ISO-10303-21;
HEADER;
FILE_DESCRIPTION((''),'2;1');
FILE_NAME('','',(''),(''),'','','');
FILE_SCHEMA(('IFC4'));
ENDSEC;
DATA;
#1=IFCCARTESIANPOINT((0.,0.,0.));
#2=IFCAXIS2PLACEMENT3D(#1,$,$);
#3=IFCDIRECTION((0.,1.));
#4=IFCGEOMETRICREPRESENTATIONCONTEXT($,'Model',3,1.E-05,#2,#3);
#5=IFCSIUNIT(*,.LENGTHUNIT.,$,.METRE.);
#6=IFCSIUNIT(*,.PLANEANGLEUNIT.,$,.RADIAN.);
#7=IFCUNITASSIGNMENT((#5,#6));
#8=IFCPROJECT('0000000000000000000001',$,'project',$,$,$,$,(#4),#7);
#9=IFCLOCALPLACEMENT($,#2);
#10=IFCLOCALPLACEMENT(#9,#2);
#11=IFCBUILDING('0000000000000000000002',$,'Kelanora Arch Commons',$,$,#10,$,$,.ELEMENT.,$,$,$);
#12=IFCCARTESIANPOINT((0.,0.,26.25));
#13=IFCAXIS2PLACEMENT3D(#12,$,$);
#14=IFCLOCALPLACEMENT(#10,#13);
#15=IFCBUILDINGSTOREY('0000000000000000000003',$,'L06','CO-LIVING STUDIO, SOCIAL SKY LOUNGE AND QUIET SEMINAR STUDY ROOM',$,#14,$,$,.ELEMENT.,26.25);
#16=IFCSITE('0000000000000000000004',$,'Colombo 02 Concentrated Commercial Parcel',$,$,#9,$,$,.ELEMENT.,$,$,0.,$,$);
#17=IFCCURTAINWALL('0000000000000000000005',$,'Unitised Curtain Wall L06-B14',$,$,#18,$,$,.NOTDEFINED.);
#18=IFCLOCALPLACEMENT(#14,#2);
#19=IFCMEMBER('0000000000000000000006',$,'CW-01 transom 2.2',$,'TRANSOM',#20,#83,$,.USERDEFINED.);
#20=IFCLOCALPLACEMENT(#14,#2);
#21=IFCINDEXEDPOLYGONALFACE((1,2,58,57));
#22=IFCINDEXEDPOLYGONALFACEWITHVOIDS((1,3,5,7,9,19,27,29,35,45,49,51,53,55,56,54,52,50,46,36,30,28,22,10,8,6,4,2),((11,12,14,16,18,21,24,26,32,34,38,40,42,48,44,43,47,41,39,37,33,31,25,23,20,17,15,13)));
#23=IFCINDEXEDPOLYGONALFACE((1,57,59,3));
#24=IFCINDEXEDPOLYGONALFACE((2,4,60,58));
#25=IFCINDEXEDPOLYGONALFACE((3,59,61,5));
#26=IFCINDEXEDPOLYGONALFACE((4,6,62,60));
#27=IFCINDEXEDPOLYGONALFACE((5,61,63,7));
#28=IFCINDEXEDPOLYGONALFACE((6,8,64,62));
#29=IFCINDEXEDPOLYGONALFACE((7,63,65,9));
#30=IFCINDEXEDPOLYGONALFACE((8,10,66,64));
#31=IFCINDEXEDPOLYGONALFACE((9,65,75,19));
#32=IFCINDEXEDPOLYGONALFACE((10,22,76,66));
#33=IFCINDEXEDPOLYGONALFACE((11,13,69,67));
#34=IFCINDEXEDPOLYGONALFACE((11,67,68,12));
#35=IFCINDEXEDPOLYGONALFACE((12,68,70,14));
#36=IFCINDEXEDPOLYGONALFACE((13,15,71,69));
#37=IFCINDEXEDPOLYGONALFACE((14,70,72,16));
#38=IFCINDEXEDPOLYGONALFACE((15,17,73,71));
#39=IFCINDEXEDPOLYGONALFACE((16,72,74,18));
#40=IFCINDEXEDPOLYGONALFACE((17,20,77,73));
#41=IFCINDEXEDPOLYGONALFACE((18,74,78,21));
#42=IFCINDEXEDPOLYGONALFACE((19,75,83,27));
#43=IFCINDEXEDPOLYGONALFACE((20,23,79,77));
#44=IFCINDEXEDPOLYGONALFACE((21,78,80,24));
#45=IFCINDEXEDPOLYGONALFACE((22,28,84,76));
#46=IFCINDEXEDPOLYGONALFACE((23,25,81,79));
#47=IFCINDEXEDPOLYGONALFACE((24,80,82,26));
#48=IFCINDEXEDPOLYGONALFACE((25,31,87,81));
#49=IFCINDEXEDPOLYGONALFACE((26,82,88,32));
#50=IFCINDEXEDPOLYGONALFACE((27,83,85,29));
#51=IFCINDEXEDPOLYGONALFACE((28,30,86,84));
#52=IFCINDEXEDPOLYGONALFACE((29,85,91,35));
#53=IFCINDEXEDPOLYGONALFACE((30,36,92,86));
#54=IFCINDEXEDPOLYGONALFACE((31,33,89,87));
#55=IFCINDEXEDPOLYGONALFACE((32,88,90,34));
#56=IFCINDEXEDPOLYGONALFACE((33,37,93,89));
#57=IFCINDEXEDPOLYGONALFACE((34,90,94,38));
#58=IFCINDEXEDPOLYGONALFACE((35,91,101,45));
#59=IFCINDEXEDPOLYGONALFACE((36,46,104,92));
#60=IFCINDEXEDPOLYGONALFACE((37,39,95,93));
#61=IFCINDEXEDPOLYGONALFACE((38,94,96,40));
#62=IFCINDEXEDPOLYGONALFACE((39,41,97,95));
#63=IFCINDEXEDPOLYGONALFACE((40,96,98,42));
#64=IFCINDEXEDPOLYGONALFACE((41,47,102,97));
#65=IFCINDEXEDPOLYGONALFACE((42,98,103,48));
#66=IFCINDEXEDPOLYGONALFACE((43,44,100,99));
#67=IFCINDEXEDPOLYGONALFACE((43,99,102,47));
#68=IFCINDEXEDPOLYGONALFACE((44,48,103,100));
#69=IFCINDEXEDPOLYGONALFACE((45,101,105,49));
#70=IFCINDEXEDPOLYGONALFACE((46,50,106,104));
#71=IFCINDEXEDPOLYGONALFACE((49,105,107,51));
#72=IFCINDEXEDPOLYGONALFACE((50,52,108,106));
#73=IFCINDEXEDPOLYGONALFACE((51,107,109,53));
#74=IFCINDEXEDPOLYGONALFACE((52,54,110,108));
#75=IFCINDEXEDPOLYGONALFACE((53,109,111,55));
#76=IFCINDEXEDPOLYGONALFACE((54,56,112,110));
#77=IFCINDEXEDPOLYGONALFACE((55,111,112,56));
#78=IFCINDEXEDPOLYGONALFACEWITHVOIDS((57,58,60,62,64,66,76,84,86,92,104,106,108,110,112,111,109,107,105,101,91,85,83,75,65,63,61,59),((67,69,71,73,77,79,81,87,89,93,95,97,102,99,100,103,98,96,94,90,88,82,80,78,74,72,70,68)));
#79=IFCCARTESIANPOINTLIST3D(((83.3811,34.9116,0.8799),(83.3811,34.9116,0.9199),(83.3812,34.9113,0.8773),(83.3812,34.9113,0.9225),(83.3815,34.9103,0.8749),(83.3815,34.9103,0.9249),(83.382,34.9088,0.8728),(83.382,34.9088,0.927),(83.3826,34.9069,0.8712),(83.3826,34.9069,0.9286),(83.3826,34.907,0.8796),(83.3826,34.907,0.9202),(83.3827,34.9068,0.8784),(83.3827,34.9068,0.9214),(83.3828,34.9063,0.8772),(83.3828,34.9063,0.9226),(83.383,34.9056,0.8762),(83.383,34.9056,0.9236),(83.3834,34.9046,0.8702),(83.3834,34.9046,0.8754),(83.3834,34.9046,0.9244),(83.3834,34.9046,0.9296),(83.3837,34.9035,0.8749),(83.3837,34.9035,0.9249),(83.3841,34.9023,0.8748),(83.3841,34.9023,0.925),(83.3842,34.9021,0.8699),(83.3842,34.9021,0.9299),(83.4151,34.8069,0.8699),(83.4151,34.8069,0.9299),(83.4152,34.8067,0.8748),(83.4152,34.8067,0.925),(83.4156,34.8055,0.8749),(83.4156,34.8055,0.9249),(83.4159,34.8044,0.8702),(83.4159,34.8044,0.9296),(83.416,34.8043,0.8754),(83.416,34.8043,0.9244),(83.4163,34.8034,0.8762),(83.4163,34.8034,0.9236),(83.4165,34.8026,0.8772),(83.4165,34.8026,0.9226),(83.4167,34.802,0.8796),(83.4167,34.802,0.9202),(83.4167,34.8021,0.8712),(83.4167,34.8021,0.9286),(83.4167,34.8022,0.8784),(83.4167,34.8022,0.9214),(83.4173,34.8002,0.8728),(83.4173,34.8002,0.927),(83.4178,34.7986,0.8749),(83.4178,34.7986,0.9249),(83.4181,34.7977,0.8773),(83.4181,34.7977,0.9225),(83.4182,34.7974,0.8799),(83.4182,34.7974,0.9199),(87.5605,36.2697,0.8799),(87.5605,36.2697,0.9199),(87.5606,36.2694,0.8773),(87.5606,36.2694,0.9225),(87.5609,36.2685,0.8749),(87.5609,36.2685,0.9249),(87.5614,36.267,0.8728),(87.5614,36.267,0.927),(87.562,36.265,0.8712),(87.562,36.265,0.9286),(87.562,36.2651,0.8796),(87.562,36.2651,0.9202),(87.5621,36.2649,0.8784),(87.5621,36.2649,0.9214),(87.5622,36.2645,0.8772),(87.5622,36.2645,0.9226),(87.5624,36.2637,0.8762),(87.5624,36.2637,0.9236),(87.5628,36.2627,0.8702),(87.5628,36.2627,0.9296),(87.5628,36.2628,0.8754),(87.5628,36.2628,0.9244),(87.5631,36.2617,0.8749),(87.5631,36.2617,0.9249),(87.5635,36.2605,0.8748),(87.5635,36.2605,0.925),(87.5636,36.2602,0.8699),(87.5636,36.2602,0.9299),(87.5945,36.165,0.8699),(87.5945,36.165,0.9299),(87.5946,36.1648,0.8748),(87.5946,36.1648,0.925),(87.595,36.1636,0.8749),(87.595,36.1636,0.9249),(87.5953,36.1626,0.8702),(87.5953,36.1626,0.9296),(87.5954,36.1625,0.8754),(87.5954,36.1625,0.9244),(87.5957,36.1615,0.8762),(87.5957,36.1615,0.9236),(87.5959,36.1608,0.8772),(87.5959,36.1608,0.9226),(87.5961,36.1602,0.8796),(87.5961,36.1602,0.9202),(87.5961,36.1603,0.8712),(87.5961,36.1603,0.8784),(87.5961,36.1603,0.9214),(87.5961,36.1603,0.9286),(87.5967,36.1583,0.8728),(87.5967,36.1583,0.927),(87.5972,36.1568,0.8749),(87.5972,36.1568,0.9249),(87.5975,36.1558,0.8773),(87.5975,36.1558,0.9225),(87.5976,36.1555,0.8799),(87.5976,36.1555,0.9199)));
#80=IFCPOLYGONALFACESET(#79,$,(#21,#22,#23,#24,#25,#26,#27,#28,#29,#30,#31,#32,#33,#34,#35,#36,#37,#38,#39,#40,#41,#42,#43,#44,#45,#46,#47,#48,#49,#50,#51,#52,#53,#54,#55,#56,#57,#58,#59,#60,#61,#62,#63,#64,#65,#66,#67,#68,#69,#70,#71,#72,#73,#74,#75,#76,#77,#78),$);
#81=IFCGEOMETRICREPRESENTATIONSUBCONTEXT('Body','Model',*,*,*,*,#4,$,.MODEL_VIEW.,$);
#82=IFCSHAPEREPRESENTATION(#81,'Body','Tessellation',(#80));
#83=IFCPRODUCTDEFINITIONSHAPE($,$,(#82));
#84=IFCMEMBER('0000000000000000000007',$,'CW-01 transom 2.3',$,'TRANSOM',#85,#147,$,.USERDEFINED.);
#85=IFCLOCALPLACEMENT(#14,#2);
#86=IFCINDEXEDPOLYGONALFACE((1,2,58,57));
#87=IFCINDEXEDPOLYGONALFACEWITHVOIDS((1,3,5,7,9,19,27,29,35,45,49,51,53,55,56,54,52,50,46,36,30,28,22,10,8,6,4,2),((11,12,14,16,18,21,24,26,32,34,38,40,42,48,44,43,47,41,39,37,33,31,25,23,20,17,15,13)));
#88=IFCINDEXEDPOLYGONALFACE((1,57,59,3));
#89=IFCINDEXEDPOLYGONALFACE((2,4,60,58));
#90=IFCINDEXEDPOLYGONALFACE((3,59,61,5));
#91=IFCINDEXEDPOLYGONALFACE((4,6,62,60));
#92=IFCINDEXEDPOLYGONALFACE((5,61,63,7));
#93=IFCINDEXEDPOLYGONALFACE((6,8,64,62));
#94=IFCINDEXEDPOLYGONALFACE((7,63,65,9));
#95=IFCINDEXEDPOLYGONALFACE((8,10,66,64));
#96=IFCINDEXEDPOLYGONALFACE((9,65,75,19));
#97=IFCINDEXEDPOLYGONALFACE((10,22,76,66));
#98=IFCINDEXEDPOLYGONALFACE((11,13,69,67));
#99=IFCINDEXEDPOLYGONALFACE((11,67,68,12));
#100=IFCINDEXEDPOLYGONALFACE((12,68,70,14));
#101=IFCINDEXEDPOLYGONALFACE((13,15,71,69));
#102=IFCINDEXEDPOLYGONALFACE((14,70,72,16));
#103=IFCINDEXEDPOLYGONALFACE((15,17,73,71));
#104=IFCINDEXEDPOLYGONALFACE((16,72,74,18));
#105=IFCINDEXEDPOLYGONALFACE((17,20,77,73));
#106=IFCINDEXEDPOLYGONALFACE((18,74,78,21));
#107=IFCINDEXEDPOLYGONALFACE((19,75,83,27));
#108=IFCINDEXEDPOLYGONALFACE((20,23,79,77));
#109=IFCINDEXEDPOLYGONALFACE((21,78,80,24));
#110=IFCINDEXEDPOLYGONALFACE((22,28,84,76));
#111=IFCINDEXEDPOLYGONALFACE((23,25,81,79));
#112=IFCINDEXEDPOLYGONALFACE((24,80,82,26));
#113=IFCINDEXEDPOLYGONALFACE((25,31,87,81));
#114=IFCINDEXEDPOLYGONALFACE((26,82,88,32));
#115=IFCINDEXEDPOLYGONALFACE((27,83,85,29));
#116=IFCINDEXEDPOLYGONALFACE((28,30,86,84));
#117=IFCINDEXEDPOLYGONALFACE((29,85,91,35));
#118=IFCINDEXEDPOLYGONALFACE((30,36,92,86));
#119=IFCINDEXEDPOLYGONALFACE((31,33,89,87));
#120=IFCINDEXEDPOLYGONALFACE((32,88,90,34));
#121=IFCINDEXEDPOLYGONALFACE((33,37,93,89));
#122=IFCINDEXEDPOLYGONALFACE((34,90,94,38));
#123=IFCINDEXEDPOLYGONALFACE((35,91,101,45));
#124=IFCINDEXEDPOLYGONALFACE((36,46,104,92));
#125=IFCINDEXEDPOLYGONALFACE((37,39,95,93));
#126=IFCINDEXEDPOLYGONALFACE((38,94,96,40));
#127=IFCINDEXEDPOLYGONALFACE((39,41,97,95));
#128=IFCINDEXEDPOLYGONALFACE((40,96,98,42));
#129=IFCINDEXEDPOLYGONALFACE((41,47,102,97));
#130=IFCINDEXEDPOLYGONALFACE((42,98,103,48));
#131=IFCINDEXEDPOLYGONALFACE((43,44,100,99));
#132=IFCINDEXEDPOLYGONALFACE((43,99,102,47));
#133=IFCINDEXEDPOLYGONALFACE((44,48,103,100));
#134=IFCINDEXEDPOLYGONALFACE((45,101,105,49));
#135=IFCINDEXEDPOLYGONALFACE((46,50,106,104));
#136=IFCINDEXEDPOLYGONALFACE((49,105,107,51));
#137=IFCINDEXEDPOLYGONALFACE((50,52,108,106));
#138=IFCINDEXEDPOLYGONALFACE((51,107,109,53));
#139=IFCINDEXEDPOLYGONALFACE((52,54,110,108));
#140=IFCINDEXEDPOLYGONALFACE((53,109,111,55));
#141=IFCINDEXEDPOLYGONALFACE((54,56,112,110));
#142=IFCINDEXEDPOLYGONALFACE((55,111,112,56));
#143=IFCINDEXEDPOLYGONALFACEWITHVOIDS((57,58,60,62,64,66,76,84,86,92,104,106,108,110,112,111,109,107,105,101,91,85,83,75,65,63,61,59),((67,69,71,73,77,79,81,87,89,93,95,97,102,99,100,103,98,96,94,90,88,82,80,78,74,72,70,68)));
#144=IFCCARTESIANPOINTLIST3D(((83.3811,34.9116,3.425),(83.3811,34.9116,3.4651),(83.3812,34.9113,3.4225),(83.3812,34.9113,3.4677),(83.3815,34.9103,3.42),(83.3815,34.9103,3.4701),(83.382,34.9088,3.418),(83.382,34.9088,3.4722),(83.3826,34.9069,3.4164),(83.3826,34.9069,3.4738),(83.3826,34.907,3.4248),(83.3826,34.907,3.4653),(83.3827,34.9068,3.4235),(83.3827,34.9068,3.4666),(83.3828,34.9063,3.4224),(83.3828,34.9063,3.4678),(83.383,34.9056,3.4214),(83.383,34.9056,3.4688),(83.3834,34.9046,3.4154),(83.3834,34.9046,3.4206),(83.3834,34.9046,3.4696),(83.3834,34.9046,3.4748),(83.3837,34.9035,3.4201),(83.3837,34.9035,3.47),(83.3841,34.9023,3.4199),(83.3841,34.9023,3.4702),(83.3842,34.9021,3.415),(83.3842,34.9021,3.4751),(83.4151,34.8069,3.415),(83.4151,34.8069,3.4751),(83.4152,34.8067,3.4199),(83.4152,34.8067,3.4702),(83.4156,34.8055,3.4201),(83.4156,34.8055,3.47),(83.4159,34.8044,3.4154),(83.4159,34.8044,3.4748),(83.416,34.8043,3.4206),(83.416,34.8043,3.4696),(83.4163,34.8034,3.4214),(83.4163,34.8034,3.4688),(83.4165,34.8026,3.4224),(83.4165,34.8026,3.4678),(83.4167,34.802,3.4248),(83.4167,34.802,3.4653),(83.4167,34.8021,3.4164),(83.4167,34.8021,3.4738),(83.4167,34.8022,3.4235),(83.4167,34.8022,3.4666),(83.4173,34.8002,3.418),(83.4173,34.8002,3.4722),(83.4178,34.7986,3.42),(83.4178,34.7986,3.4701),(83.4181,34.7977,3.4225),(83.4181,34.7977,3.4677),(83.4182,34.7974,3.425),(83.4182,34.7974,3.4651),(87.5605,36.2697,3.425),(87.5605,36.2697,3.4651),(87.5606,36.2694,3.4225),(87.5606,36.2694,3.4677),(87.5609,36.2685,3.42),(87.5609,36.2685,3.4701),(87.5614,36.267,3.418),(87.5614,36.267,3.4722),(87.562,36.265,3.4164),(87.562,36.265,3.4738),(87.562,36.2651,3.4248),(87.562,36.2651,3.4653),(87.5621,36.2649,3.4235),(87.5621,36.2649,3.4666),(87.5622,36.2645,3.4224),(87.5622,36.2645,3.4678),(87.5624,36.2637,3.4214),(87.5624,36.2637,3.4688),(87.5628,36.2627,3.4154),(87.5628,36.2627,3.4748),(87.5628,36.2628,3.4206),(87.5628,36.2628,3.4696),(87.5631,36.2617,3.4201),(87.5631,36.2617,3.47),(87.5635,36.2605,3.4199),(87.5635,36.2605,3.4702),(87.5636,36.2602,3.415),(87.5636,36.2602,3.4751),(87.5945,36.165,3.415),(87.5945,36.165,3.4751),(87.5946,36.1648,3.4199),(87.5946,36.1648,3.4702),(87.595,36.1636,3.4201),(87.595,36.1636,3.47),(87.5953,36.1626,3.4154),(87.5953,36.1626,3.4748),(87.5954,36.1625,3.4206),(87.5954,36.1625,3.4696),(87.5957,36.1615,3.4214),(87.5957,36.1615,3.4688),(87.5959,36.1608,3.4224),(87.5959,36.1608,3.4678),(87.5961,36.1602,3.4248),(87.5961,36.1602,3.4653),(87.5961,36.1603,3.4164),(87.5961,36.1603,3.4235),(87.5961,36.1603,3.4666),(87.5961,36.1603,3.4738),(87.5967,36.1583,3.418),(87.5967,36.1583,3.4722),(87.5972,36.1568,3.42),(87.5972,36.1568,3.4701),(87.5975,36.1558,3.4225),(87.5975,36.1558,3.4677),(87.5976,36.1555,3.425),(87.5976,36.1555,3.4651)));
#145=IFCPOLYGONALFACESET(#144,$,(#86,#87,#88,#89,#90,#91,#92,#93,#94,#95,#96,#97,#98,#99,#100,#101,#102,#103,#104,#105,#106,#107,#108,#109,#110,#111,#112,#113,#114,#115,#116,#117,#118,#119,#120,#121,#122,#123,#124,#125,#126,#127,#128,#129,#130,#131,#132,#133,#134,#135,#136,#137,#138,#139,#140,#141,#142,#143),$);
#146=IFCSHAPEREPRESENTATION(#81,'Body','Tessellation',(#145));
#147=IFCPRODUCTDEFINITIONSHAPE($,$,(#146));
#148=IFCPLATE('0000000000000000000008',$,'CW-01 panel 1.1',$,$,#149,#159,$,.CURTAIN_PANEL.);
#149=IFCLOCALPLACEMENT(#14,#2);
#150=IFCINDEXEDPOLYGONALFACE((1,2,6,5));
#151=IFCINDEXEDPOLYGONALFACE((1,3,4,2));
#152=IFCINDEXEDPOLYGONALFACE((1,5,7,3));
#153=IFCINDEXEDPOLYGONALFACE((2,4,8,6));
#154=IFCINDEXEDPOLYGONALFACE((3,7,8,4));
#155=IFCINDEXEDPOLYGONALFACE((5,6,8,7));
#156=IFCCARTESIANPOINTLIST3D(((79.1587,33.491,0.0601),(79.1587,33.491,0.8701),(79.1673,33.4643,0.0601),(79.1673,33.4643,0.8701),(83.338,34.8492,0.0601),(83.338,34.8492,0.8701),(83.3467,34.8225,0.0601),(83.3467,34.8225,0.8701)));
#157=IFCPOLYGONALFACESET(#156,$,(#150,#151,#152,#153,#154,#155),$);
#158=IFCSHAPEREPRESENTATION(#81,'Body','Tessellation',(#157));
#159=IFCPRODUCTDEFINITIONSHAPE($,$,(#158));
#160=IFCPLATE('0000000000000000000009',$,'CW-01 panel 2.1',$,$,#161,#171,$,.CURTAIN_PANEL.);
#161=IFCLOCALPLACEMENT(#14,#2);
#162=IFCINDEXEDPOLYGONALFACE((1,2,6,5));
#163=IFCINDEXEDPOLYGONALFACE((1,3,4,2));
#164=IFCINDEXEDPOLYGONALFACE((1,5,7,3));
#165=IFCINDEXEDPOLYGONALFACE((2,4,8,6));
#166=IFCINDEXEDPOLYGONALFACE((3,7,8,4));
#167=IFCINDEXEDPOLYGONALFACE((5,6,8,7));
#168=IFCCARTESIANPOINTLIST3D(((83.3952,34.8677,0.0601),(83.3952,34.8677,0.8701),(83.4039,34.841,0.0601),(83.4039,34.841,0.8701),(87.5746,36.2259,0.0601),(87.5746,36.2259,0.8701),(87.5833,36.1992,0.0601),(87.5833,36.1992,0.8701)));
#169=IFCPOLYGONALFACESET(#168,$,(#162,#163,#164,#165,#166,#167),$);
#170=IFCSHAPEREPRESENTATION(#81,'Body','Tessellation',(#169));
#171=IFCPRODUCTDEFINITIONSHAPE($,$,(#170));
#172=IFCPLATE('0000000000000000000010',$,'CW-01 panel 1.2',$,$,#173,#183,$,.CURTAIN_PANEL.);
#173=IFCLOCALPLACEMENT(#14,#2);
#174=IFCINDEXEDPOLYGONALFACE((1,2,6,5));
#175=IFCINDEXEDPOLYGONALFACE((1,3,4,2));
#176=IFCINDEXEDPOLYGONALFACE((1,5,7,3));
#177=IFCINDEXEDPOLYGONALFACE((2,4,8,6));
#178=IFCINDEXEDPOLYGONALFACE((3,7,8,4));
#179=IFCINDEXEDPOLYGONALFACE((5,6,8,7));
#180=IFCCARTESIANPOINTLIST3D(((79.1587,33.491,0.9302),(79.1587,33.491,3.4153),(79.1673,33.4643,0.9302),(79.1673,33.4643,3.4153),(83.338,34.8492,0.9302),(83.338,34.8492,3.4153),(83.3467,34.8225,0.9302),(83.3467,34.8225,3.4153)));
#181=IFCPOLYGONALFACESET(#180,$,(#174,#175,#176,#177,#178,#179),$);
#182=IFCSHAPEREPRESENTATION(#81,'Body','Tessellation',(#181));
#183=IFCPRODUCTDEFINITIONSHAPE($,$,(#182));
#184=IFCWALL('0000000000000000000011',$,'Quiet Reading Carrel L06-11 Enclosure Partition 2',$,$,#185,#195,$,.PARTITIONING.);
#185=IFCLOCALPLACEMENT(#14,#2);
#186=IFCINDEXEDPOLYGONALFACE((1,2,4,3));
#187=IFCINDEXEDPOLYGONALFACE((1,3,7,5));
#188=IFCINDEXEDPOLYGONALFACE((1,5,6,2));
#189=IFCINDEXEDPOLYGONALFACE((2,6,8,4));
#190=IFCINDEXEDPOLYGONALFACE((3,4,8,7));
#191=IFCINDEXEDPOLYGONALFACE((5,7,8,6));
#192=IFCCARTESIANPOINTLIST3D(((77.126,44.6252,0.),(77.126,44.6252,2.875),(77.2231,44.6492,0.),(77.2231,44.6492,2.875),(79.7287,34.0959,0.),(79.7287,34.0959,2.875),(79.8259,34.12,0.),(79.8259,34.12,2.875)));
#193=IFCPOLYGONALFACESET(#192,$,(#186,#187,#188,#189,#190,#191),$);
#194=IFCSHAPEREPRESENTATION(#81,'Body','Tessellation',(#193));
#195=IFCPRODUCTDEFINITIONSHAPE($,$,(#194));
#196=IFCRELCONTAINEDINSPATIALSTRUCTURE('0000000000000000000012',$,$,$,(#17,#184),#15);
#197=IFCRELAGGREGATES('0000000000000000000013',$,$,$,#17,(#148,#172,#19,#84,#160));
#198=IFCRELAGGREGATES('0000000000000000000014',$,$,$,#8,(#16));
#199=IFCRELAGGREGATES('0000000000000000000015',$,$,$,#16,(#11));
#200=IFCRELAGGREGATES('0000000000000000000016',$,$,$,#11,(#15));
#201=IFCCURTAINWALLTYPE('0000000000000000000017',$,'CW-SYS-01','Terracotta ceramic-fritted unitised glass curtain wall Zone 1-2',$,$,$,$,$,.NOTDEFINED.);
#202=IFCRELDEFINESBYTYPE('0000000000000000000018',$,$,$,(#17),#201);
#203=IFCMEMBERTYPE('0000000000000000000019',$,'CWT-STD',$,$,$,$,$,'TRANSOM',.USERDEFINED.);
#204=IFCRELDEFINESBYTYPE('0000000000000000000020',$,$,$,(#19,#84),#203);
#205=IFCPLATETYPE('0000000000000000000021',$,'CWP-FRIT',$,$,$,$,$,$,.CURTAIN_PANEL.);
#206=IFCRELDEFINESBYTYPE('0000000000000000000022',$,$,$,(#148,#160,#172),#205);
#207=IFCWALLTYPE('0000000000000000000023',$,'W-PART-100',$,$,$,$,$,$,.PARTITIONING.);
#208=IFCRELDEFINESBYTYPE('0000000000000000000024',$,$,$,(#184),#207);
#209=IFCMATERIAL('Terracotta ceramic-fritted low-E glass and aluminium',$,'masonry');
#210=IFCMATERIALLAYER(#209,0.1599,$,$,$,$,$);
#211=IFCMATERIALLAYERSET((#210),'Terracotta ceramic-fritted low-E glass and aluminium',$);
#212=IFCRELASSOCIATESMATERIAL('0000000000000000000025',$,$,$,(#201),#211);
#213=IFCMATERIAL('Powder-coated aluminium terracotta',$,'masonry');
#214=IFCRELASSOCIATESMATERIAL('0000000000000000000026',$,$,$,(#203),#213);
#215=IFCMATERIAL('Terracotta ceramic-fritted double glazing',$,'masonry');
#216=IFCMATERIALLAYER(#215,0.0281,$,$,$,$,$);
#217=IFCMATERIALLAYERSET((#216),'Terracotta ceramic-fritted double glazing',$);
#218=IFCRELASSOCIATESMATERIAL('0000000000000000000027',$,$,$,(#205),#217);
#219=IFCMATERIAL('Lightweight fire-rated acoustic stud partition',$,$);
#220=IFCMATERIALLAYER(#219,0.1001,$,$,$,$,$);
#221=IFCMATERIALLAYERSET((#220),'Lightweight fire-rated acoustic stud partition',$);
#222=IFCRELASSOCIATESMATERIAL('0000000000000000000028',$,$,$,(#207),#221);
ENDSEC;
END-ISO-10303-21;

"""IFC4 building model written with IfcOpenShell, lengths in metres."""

from ifc_helpers import new_model, si_unit, direction, frame, frame_2d, origin, origin_2d, place, context, subcontext, project, spatial, rectangle, hollow_rectangle, extrude, source, transform, mapped, material, layer, layer_set, material_profile, profile_set, type_object, element, aggregate, save


model = new_model("IFC4")

# Units and contexts
model_context = context("Model", 3, precision=1e-05, world=origin(), true_north=direction((0.0, 1.0)))
body_context = subcontext(model_context, "Body", "Model", "MODEL_VIEW")
ifc_project = project(units=[si_unit("LENGTHUNIT", "METRE"), si_unit("PLANEANGLEUNIT", "RADIAN")], contexts=[model_context])

# Site, building, storey
site_placement = place(None, origin())
site = spatial("IfcSite", under=ifc_project, at=site_placement, Name="Colombo 02 Concentrated Commercial Parcel", CompositionType="ELEMENT", RefElevation=0.0)
building_placement = place(site_placement, origin())
building = spatial("IfcBuilding", under=site, at=building_placement, Name="Kelanora Arch Commons", CompositionType="ELEMENT")
storey_placement = place(building_placement, frame((0.0, 0.0, 26.25)))
storey = spatial("IfcBuildingStorey", under=building, at=storey_placement, Name="L06", Description="CO-LIVING STUDIO, SOCIAL SKY LOUNGE AND QUIET SEMINAR STUDY ROOM", CompositionType="ELEMENT", Elevation=26.25)

# Curtain wall, members, plates
ifc_material_1 = material(Name="Terracotta ceramic-fritted low-E glass and aluminium", Category="masonry")
ifc_layer_1 = layer(ifc_material_1, 0.1599)
ifc_layer_set_1 = layer_set([ifc_layer_1], Name="Terracotta ceramic-fritted low-E glass and aluminium")
curtain_wall_type = type_object("IfcCurtainWallType", Name="CW-SYS-01", Description="Terracotta ceramic-fritted unitised glass curtain wall Zone 1-2", PredefinedType="NOTDEFINED", material=ifc_layer_set_1)
curtain_wall_placement = place(storey_placement, origin())
curtain_wall = element("IfcCurtainWall", 1, at=curtain_wall_placement, inside=storey, type_object=curtain_wall_type, Name="Unitised Curtain Wall L06-B14", PredefinedType="NOTDEFINED")
ifc_material_2 = material(Name="Powder-coated aluminium terracotta", Category="masonry")
ifc_material_profile_1 = material_profile(ifc_material_2, hollow_rectangle(XDim=0.1201, YDim=0.0601, WallThickness=0.0049, InnerFilletRadius=0.0049, OuterFilletRadius=0.01, at=origin_2d()), Name="CWT120x60")
ifc_profile_set_1 = profile_set([ifc_material_profile_1], Name="Powder-coated aluminium terracotta")
member_type_1 = type_object("IfcMemberType", Name="CWT-STD", ElementType="TRANSOM", PredefinedType="USERDEFINED", material=ifc_profile_set_1)
member_1_placement = place(storey_placement, frame((83.3997, 34.8545, 0.8999), z_axis=(0.951045, 0.309052, 0.0), x_axis=(-0.309052, 0.951045, 0.0)))
member_1 = element("IfcMember", 2, at=member_1_placement, type_object=member_type_1, Name="CW-01 transom 2.2", ObjectType="TRANSOM", PredefinedType="USERDEFINED", context=body_context, shape_type="SweptSolid", body=[
    extrude(hollow_rectangle(XDim=0.1201, YDim=0.0601, WallThickness=0.0049, InnerFilletRadius=0.0049, OuterFilletRadius=0.01, at=origin_2d()), origin(), (0.0, 0.0, 1.0), 4.3945),
])
member_2_placement = place(storey_placement, frame((83.3997, 34.8545, 3.4451), z_axis=(0.951045, 0.309052, 0.0), x_axis=(-0.309052, 0.951045, 0.0)))
member_2 = element("IfcMember", 3, at=member_2_placement, type_object=member_type_1, Name="CW-01 transom 2.3", ObjectType="TRANSOM", PredefinedType="USERDEFINED", context=body_context, shape_type="SweptSolid", body=[
    extrude(hollow_rectangle(XDim=0.1201, YDim=0.0601, WallThickness=0.0049, InnerFilletRadius=0.0049, OuterFilletRadius=0.01, at=origin_2d()), origin(), (0.0, 0.0, 1.0), 4.3945),
])
ifc_material_3 = material(Name="Terracotta ceramic-fritted double glazing", Category="masonry")
ifc_layer_2 = layer(ifc_material_3, 0.0281)
ifc_layer_set_2 = layer_set([ifc_layer_2], Name="Terracotta ceramic-fritted double glazing")
plate_type = type_object("IfcPlateType", Name="CWP-FRIT", PredefinedType="CURTAIN_PANEL", material=ifc_layer_set_2)
shared_shape_1 = source(origin(), body_context, "Body", "SweptSolid", [
    extrude(rectangle(XDim=4.3945, YDim=0.0281, at=origin_2d()), origin(), (0.0, 0.0, 1.0), 0.8101),
])
plate_1_placement = place(storey_placement, frame((81.2527, 34.1567, 0.0601), z_axis=(0.0, 0.0, 1.0), x_axis=(0.951043, 0.309058, 0.0)))
plate_1 = element("IfcPlate", 4, at=plate_1_placement, type_object=plate_type, Name="CW-01 panel 1.1", PredefinedType="CURTAIN_PANEL", context=body_context, shape_type="MappedRepresentation", body=[
    mapped(shared_shape_1, transform((0.0, 0.0, 0.0), scale=1.0)),
])
plate_2_placement = place(storey_placement, frame((85.4893, 35.5334, 0.0601), z_axis=(0.0, 0.0, 1.0), x_axis=(0.951043, 0.309058, 0.0)))
plate_2 = element("IfcPlate", 5, at=plate_2_placement, type_object=plate_type, Name="CW-01 panel 2.1", PredefinedType="CURTAIN_PANEL", context=body_context, shape_type="MappedRepresentation", body=[
    mapped(shared_shape_1, transform((0.0, 0.0, 0.0), scale=1.0)),
])
shared_shape_2 = source(origin(), body_context, "Body", "SweptSolid", [
    extrude(rectangle(XDim=4.3945, YDim=0.0281, at=origin_2d()), origin(), (0.0, 0.0, 1.0), 2.4851),
])
plate_3_placement = place(storey_placement, frame((81.2527, 34.1567, 0.9302), z_axis=(0.0, 0.0, 1.0), x_axis=(0.951043, 0.309058, 0.0)))
plate_3 = element("IfcPlate", 6, at=plate_3_placement, type_object=plate_type, Name="CW-01 panel 1.2", PredefinedType="CURTAIN_PANEL", context=body_context, shape_type="MappedRepresentation", body=[
    mapped(shared_shape_2, transform((0.0, 0.0, 0.0), scale=1.0)),
])
aggregate(curtain_wall, [plate_1, plate_3, member_1, member_2, plate_2])

# Wall
ifc_material_4 = material(Name="Lightweight fire-rated acoustic stud partition")
ifc_layer_3 = layer(ifc_material_4, 0.1001)
ifc_layer_set_3 = layer_set([ifc_layer_3], Name="Lightweight fire-rated acoustic stud partition")
wall_type_1 = type_object("IfcWallType", Name="W-PART-100", PredefinedType="PARTITIONING", material=ifc_layer_set_3)
wall_1_placement = place(storey_placement, frame((77.1746, 44.6372, 0.0), z_axis=(0.0, 0.0, 1.0), x_axis=(0.239971, -0.97078, 0.0)))
element("IfcWall", 7, at=wall_1_placement, inside=storey, type_object=wall_type_1, Name="Quiet Reading Carrel L06-11 Enclosure Partition 2", PredefinedType="PARTITIONING", context=body_context, shape_type="SweptSolid", body=[
    extrude(rectangle(XDim=10.8462, YDim=0.1001, at=frame_2d((5.4231, 0.0))), origin(), (0.0, 0.0, 1.0), 2.875),
])

save(model, "model.ifc")
